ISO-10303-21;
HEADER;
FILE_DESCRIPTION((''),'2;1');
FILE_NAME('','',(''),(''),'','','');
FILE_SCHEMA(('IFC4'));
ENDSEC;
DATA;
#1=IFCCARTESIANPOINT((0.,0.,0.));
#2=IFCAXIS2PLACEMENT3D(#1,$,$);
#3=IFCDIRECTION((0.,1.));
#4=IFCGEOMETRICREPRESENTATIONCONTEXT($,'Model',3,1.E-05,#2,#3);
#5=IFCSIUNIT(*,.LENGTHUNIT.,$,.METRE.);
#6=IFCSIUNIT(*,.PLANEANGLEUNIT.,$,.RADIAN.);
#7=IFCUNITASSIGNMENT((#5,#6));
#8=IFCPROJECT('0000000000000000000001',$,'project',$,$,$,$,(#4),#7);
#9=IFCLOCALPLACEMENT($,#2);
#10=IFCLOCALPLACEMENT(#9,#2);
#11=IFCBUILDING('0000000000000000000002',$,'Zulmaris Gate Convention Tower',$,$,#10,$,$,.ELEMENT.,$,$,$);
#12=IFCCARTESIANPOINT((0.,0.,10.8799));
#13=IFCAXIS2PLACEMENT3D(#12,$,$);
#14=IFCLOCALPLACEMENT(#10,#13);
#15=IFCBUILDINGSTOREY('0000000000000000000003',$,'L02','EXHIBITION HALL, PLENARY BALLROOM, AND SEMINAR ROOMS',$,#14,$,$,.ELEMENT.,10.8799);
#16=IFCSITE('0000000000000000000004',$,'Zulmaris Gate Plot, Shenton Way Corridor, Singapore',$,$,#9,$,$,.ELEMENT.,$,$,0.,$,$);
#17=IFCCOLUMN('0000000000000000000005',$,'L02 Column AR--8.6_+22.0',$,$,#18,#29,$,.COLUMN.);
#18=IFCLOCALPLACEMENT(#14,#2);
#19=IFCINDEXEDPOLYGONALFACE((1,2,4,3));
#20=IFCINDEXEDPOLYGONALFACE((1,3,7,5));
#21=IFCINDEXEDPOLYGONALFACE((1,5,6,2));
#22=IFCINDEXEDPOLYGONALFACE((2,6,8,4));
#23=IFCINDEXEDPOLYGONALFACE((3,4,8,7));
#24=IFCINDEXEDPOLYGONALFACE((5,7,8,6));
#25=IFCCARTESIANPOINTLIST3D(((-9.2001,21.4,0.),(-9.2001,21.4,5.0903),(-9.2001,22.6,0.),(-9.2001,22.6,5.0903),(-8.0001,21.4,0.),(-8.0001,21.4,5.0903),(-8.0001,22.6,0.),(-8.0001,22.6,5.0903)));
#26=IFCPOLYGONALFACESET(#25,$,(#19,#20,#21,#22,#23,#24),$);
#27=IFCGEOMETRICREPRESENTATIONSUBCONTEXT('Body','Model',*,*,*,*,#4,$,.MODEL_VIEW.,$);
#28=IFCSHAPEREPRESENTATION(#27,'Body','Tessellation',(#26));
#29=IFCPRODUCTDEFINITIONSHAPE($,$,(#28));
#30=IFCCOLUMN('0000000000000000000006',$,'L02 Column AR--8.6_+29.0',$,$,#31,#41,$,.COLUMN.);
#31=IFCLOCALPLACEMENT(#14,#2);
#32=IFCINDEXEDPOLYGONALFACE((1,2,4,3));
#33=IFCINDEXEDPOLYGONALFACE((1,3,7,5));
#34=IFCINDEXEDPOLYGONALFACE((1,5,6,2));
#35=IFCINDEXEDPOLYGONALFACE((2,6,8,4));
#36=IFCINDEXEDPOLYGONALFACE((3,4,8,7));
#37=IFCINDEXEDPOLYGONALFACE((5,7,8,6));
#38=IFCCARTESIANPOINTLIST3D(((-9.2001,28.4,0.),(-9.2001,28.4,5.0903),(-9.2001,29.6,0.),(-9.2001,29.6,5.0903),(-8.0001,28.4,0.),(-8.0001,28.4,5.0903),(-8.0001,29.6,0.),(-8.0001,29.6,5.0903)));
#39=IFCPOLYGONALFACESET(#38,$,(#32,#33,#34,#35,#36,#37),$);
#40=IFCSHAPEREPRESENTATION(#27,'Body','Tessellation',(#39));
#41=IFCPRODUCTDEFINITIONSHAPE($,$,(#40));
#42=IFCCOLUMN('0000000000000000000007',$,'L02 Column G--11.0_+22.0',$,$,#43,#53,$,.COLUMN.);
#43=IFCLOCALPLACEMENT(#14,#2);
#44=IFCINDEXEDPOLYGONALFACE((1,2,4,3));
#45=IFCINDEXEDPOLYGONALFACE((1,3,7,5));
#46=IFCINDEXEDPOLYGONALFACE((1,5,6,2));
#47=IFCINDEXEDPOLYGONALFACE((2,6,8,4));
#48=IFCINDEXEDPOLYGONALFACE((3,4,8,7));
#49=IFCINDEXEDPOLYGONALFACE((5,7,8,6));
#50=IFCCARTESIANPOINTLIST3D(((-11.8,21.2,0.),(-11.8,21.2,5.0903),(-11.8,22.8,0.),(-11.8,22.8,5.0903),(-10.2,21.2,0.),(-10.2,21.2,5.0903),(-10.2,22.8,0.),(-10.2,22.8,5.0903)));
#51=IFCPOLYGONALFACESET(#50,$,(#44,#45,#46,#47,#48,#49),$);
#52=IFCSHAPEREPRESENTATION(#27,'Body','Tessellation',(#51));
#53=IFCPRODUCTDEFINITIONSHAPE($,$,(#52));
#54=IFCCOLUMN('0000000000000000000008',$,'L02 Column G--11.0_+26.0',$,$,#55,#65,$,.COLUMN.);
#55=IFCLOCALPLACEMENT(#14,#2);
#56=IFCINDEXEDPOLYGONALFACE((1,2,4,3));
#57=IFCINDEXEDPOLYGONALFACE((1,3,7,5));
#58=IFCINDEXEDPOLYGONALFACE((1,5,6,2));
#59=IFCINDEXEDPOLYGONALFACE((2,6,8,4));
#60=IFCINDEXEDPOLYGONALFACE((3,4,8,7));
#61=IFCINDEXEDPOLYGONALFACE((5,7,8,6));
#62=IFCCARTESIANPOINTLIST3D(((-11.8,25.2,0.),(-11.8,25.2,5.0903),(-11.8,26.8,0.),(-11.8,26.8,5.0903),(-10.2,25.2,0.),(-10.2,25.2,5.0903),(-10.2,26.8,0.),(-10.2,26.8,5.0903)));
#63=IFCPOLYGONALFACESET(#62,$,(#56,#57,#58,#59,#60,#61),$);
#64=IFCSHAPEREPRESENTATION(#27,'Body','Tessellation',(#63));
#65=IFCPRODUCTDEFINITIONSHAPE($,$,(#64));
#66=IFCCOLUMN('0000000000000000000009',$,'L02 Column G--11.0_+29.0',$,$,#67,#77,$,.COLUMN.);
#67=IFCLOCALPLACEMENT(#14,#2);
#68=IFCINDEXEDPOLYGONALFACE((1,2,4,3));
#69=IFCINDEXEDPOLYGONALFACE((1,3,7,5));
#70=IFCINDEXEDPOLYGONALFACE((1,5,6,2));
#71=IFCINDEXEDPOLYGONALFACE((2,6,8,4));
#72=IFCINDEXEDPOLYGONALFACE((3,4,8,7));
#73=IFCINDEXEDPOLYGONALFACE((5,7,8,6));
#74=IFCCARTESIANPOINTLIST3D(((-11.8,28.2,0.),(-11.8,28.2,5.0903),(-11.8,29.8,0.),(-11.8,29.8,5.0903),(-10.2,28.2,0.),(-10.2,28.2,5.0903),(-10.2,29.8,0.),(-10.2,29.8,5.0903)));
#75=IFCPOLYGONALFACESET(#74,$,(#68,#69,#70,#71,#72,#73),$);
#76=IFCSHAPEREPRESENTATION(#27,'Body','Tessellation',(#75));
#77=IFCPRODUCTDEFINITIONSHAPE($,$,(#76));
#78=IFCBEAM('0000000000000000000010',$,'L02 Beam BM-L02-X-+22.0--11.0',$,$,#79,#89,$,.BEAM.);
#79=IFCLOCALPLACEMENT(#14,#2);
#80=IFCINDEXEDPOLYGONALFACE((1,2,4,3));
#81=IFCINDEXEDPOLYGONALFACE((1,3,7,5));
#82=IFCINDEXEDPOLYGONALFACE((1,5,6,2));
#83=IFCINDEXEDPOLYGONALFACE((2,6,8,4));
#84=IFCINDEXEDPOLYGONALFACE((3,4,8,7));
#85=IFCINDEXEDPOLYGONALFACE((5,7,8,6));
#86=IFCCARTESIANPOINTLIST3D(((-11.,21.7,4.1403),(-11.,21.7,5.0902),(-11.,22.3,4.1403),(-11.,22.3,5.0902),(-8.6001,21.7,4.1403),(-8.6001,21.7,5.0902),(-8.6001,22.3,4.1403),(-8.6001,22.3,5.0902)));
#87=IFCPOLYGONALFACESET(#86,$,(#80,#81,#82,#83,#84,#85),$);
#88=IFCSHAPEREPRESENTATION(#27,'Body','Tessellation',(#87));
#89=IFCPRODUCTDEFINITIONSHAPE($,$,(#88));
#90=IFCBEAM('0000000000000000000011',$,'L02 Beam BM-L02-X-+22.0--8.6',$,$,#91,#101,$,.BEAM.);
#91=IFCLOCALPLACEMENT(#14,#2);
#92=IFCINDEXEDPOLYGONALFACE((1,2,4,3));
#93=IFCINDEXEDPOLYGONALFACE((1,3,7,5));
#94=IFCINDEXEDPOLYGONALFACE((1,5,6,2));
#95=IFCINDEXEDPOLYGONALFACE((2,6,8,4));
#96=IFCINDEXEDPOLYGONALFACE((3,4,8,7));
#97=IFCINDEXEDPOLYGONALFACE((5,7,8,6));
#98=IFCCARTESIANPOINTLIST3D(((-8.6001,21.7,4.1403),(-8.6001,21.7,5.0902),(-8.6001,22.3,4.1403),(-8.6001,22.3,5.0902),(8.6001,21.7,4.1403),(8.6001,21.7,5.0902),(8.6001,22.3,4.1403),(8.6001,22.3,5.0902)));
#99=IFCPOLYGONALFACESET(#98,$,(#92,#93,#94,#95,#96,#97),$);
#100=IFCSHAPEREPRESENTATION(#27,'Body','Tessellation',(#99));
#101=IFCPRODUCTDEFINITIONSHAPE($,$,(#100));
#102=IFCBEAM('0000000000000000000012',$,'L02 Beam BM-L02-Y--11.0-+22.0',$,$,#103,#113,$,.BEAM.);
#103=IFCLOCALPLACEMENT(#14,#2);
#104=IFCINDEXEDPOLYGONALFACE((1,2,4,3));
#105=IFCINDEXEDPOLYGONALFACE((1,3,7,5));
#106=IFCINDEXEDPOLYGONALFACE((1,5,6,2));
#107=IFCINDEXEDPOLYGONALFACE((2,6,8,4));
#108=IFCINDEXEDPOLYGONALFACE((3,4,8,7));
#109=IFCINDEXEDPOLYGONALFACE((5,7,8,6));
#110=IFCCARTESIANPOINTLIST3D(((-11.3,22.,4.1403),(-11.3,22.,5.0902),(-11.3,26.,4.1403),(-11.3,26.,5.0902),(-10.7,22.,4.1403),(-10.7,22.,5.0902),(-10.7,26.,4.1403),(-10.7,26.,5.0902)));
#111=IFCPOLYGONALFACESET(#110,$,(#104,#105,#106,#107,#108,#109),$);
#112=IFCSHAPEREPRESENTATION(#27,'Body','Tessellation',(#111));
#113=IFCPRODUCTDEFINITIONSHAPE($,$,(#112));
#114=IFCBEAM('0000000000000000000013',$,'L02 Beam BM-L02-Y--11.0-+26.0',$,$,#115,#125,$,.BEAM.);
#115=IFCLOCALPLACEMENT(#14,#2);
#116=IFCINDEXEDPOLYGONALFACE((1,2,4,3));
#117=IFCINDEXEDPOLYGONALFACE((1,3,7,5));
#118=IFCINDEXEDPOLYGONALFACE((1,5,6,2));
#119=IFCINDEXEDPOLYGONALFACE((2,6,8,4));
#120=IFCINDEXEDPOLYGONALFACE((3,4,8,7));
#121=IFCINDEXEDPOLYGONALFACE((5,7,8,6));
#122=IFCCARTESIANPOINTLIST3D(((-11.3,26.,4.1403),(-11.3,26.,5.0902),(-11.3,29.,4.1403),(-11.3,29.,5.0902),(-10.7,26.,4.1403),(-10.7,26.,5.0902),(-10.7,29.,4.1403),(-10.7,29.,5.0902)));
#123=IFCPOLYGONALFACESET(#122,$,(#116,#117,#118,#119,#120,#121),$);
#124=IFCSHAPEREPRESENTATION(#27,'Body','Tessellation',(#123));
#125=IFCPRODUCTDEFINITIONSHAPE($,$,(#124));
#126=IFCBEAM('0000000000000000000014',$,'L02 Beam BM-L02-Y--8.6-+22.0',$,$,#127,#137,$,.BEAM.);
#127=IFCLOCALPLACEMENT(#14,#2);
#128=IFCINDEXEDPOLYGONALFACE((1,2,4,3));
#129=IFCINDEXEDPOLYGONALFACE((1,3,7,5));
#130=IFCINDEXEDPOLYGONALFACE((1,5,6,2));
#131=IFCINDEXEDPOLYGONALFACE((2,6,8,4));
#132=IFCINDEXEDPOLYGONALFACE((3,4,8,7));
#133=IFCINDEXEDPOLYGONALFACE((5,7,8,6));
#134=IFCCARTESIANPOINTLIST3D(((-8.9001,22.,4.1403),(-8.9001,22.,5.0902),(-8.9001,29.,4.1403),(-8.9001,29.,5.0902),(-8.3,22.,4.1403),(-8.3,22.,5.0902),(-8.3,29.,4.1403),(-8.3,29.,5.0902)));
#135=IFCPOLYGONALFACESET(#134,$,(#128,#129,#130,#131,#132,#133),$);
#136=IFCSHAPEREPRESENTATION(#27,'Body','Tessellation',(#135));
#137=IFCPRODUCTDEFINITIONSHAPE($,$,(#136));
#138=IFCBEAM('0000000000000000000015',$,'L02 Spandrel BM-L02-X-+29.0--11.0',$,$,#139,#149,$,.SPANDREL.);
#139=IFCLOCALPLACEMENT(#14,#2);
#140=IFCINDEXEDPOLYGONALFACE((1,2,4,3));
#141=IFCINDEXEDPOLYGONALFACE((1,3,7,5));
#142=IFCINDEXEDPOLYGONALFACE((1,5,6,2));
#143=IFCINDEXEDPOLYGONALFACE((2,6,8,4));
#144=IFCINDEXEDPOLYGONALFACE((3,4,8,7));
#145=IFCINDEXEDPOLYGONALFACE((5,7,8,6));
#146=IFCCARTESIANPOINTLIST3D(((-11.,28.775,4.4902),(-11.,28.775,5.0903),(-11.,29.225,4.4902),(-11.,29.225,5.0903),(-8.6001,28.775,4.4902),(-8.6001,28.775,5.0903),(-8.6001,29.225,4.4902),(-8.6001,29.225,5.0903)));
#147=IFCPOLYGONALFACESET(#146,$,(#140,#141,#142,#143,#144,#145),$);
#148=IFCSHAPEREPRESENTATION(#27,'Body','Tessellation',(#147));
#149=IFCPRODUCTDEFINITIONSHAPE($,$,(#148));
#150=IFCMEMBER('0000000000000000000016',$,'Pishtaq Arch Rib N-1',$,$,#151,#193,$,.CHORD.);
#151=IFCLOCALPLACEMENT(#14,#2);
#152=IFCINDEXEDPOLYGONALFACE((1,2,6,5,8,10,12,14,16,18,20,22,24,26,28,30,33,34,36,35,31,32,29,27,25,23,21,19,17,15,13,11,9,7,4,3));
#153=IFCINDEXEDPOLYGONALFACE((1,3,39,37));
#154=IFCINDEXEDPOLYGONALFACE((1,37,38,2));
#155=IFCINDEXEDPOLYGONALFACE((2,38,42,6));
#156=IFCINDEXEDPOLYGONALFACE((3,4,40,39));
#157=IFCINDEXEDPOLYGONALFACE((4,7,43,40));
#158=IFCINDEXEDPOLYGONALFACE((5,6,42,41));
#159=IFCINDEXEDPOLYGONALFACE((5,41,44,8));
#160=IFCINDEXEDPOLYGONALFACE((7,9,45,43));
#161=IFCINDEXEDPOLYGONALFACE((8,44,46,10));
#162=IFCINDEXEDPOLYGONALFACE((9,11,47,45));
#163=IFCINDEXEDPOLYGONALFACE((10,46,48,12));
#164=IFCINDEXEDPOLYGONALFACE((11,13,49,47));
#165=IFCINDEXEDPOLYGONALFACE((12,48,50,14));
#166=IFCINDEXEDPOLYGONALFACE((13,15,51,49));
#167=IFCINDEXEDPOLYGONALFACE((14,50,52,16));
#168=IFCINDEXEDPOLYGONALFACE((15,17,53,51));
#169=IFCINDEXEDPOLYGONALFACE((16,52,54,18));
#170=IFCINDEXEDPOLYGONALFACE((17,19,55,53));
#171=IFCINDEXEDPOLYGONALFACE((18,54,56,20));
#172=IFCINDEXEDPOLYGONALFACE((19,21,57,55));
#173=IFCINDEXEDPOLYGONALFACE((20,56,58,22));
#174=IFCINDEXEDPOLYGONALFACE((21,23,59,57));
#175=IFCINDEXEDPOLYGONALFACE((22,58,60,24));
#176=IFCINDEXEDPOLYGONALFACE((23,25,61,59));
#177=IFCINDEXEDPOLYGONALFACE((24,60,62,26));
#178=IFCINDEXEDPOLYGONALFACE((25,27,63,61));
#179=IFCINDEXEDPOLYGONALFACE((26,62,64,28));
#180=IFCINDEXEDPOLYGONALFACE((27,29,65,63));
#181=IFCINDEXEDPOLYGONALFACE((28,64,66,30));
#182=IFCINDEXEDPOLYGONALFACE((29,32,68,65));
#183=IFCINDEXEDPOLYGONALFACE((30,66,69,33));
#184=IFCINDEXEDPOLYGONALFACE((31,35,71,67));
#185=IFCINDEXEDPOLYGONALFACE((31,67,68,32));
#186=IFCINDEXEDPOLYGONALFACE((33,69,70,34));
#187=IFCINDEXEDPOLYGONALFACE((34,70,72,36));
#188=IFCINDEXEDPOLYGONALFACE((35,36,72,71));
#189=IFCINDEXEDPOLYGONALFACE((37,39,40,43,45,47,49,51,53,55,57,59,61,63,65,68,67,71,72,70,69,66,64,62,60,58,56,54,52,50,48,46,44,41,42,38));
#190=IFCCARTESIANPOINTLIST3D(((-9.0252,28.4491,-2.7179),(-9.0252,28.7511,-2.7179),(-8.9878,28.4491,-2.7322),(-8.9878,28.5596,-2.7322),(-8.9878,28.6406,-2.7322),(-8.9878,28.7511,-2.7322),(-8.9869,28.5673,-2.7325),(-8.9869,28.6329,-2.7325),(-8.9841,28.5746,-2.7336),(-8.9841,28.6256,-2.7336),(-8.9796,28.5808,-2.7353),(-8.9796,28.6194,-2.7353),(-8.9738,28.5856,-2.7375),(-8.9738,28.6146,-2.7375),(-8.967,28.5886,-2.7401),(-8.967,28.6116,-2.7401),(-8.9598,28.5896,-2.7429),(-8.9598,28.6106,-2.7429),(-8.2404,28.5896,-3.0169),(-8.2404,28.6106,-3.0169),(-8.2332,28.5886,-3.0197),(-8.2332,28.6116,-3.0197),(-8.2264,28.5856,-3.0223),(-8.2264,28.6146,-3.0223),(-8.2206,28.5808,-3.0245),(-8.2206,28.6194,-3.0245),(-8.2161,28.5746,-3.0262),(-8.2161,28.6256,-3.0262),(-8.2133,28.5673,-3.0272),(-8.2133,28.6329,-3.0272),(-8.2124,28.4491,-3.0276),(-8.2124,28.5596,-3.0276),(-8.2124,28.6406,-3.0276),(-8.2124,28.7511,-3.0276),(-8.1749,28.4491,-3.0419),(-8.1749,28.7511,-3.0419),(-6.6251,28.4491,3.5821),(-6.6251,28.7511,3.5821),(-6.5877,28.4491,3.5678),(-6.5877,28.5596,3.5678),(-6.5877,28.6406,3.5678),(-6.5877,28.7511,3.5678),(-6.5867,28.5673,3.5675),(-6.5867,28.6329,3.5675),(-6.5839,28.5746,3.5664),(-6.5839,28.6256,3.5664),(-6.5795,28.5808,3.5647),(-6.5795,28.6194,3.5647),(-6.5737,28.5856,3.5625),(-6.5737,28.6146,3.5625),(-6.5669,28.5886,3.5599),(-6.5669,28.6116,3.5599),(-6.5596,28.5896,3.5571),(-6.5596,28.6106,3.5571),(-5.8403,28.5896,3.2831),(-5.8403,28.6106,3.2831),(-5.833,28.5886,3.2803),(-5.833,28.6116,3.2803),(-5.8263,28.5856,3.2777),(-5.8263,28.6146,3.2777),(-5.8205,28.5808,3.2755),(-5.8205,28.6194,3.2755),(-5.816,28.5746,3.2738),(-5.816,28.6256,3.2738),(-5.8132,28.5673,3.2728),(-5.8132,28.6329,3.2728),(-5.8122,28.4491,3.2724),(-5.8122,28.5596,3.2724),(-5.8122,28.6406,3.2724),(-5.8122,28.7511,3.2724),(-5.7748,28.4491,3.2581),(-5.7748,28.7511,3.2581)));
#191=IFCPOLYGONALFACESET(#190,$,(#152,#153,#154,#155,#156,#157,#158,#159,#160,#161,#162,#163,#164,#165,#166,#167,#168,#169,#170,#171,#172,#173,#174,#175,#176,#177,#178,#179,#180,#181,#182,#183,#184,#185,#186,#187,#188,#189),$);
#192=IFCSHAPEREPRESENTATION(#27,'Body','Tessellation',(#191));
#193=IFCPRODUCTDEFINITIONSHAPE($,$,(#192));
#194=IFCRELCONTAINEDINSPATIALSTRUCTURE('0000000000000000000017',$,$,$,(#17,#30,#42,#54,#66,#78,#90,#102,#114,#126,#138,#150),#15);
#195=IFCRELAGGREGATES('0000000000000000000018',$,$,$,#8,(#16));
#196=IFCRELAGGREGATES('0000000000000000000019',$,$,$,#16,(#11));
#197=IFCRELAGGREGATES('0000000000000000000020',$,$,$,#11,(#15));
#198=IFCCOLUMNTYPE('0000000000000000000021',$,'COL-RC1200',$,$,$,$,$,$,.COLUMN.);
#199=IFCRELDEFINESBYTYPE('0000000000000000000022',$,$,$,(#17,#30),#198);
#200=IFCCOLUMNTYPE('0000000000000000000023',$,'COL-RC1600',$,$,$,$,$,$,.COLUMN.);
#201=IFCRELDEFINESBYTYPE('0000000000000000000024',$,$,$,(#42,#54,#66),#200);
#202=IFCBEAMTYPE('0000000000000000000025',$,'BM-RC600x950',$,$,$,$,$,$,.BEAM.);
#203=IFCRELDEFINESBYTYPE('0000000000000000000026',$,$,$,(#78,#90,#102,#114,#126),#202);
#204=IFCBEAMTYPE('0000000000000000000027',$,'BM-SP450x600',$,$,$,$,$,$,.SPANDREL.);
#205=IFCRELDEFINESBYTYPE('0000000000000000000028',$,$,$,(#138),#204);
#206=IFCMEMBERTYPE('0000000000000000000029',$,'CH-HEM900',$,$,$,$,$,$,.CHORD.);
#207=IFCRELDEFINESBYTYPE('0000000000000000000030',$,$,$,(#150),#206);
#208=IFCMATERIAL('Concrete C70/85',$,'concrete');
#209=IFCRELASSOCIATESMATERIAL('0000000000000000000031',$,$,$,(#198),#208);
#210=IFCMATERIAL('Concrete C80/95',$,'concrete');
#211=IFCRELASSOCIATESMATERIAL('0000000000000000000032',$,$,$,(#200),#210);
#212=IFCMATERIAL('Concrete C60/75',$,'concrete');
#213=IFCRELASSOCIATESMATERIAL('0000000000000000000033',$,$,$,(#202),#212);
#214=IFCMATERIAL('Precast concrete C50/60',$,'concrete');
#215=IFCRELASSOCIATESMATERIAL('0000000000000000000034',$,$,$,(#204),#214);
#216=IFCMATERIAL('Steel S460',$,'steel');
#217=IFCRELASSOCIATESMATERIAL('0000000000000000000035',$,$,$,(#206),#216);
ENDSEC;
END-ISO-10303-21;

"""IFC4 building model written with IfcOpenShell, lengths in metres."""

from ifc_helpers import new_model, si_unit, direction, frame, origin, origin_2d, place, context, subcontext, project, spatial, rectangle, i_section, extrude, material, material_profile, profile_set, type_object, element, save


model = new_model("IFC4")

# Units and contexts
model_context = context("Model", 3, precision=1e-05, world=origin(), true_north=direction((0.0, 1.0)))
body_context = subcontext(model_context, "Body", "Model", "MODEL_VIEW")
ifc_project = project(units=[si_unit("LENGTHUNIT", "METRE"), si_unit("PLANEANGLEUNIT", "RADIAN")], contexts=[model_context])

# Site, building, storey
site_placement = place(None, origin())
site = spatial("IfcSite", under=ifc_project, at=site_placement, Name="Zulmaris Gate Plot, Shenton Way Corridor, Singapore", CompositionType="ELEMENT", RefElevation=0.0)
building_placement = place(site_placement, origin())
building = spatial("IfcBuilding", under=site, at=building_placement, Name="Zulmaris Gate Convention Tower", CompositionType="ELEMENT")
storey_placement = place(building_placement, frame((0.0, 0.0, 10.8799)))
storey = spatial("IfcBuildingStorey", under=building, at=storey_placement, Name="L02", Description="EXHIBITION HALL, PLENARY BALLROOM, AND SEMINAR ROOMS", CompositionType="ELEMENT", Elevation=10.8799)

# Columns
ifc_material_1 = material(Name="Concrete C70/85", Category="concrete")
ifc_material_profile_1 = material_profile(ifc_material_1, rectangle(XDim=1.2, YDim=1.2, at=origin_2d()), Name="RC COL 1200x1200")
ifc_profile_set_1 = profile_set([ifc_material_profile_1], Name="Concrete C70/85")
column_type_1 = type_object("IfcColumnType", Name="COL-RC1200", PredefinedType="COLUMN", material=ifc_profile_set_1)
for number, where, z_axis, x_axis, name in (
    (1, (-8.6001, 22.0, 0.0), (0.0, 0.0, 1.0), (1.0, 0.0, 0.0), "L02 Column AR--8.6_+22.0"),
    (2, (-8.6001, 29.0, 0.0), (0.0, 0.0, 1.0), (1.0, 0.0, 0.0), "L02 Column AR--8.6_+29.0"),
):
    element("IfcColumn", number, at=place(storey_placement, frame(where, z_axis=z_axis, x_axis=x_axis)), inside=storey, type_object=column_type_1, Name=name, PredefinedType="COLUMN", context=body_context, shape_type="SweptSolid", body=[
        extrude(rectangle(XDim=1.2, YDim=1.2, at=origin_2d()), origin(), (0.0, 0.0, 1.0), 5.0903),
    ])
ifc_material_2 = material(Name="Concrete C80/95", Category="concrete")
ifc_material_profile_2 = material_profile(ifc_material_2, rectangle(XDim=1.6001, YDim=1.6001, at=origin_2d()), Name="RC COL 1600x1600")
ifc_profile_set_2 = profile_set([ifc_material_profile_2], Name="Concrete C80/95")
column_type_2 = type_object("IfcColumnType", Name="COL-RC1600", PredefinedType="COLUMN", material=ifc_profile_set_2)
for number, where, z_axis, x_axis, name in (
    (3, (-11.0, 22.0, 0.0), (0.0, 0.0, 1.0), (1.0, 0.0, 0.0), "L02 Column G--11.0_+22.0"),
    (4, (-11.0, 26.0, 0.0), (0.0, 0.0, 1.0), (1.0, 0.0, 0.0), "L02 Column G--11.0_+26.0"),
    (5, (-11.0, 29.0, 0.0), (0.0, 0.0, 1.0), (1.0, 0.0, 0.0), "L02 Column G--11.0_+29.0"),
):
    element("IfcColumn", number, at=place(storey_placement, frame(where, z_axis=z_axis, x_axis=x_axis)), inside=storey, type_object=column_type_2, Name=name, PredefinedType="COLUMN", context=body_context, shape_type="SweptSolid", body=[
        extrude(rectangle(XDim=1.6001, YDim=1.6001, at=origin_2d()), origin(), (0.0, 0.0, 1.0), 5.0903),
    ])

# Beams
ifc_material_3 = material(Name="Concrete C60/75", Category="concrete")
ifc_material_profile_3 = material_profile(ifc_material_3, rectangle(XDim=0.6001, YDim=0.95, at=origin_2d()), Name="RC BEAM 600x950")
ifc_profile_set_3 = profile_set([ifc_material_profile_3], Name="Concrete C60/75")
beam_type_1 = type_object("IfcBeamType", Name="BM-RC600x950", PredefinedType="BEAM", material=ifc_profile_set_3)
beam_1_placement = place(storey_placement, frame((-11.0, 22.0, 4.6152), z_axis=(1.0, 0.0, 0.0), x_axis=(0.0, 1.0, 0.0)))
element("IfcBeam", 6, at=beam_1_placement, inside=storey, type_object=beam_type_1, Name="L02 Beam BM-L02-X-+22.0--11.0", PredefinedType="BEAM", context=body_context, shape_type="SweptSolid", body=[
    extrude(rectangle(XDim=0.6001, YDim=0.95, at=origin_2d()), origin(), (0.0, 0.0, 1.0), 2.3999),
])
beam_2_placement = place(storey_placement, frame((-8.6001, 22.0, 4.6152), z_axis=(1.0, 0.0, 0.0), x_axis=(0.0, 1.0, 0.0)))
element("IfcBeam", 7, at=beam_2_placement, inside=storey, type_object=beam_type_1, Name="L02 Beam BM-L02-X-+22.0--8.6", PredefinedType="BEAM", context=body_context, shape_type="SweptSolid", body=[
    extrude(rectangle(XDim=0.6001, YDim=0.95, at=origin_2d()), origin(), (0.0, 0.0, 1.0), 17.2002),
])
beam_3_placement = place(storey_placement, frame((-11.0, 22.0, 4.6152), z_axis=(0.0, 1.0, 0.0), x_axis=(-1.0, 0.0, 0.0)))
element("IfcBeam", 8, at=beam_3_placement, inside=storey, type_object=beam_type_1, Name="L02 Beam BM-L02-Y--11.0-+22.0", PredefinedType="BEAM", context=body_context, shape_type="SweptSolid", body=[
    extrude(rectangle(XDim=0.6001, YDim=0.95, at=origin_2d()), origin(), (0.0, 0.0, 1.0), 4.0),
])
beam_4_placement = place(storey_placement, frame((-11.0, 26.0, 4.6152), z_axis=(0.0, 1.0, 0.0), x_axis=(-1.0, 0.0, 0.0)))
element("IfcBeam", 9, at=beam_4_placement, inside=storey, type_object=beam_type_1, Name="L02 Beam BM-L02-Y--11.0-+26.0", PredefinedType="BEAM", context=body_context, shape_type="SweptSolid", body=[
    extrude(rectangle(XDim=0.6001, YDim=0.95, at=origin_2d()), origin(), (0.0, 0.0, 1.0), 3.0),
])
beam_5_placement = place(storey_placement, frame((-8.6001, 22.0, 4.6152), z_axis=(0.0, 1.0, 0.0), x_axis=(-1.0, 0.0, 0.0)))
element("IfcBeam", 10, at=beam_5_placement, inside=storey, type_object=beam_type_1, Name="L02 Beam BM-L02-Y--8.6-+22.0", PredefinedType="BEAM", context=body_context, shape_type="SweptSolid", body=[
    extrude(rectangle(XDim=0.6001, YDim=0.95, at=origin_2d()), origin(), (0.0, 0.0, 1.0), 7.0),
])
ifc_material_4 = material(Name="Precast concrete C50/60", Category="concrete")
ifc_material_profile_4 = material_profile(ifc_material_4, rectangle(XDim=0.45, YDim=0.6001, at=origin_2d()), Name="RC SPANDREL 450x600")
ifc_profile_set_4 = profile_set([ifc_material_profile_4], Name="Precast concrete C50/60")
beam_type_2 = type_object("IfcBeamType", Name="BM-SP450x600", PredefinedType="SPANDREL", material=ifc_profile_set_4)
beam_6_placement = place(storey_placement, frame((-11.0, 29.0, 4.7903), z_axis=(1.0, 0.0, 0.0), x_axis=(0.0, 1.0, 0.0)))
element("IfcBeam", 11, at=beam_6_placement, inside=storey, type_object=beam_type_2, Name="L02 Spandrel BM-L02-X-+29.0--11.0", PredefinedType="SPANDREL", context=body_context, shape_type="SweptSolid", body=[
    extrude(rectangle(XDim=0.45, YDim=0.6001, at=origin_2d()), origin(), (0.0, 0.0, 1.0), 2.3999),
])

# Member
ifc_material_5 = material(Name="Steel S460", Category="steel")
ifc_material_profile_5 = material_profile(ifc_material_5, i_section(OverallWidth=0.302, OverallDepth=0.9099, WebThickness=0.021, FlangeThickness=0.04, FilletRadius=0.03, at=origin_2d()), Name="HEM 900")
ifc_profile_set_5 = profile_set([ifc_material_profile_5], Name="Steel S460")
member_type_1 = type_object("IfcMemberType", Name="CH-HEM900", PredefinedType="CHORD", material=ifc_profile_set_5)
member_1_placement = place(storey_placement, frame((-8.6001, 28.6001, -2.8799), z_axis=(0.356012, 0.0, 0.934481), x_axis=(0.0, 1.0, 0.0)))
element("IfcMember", 12, at=member_1_placement, inside=storey, type_object=member_type_1, Name="Pishtaq Arch Rib N-1", PredefinedType="CHORD", context=body_context, shape_type="SweptSolid", body=[
    extrude(i_section(OverallWidth=0.302, OverallDepth=0.9099, WebThickness=0.021, FlangeThickness=0.04, FilletRadius=0.03, at=origin_2d()), origin(), (0.0, 0.0, 1.0), 6.7417),
])

save(model, "model.ifc")
